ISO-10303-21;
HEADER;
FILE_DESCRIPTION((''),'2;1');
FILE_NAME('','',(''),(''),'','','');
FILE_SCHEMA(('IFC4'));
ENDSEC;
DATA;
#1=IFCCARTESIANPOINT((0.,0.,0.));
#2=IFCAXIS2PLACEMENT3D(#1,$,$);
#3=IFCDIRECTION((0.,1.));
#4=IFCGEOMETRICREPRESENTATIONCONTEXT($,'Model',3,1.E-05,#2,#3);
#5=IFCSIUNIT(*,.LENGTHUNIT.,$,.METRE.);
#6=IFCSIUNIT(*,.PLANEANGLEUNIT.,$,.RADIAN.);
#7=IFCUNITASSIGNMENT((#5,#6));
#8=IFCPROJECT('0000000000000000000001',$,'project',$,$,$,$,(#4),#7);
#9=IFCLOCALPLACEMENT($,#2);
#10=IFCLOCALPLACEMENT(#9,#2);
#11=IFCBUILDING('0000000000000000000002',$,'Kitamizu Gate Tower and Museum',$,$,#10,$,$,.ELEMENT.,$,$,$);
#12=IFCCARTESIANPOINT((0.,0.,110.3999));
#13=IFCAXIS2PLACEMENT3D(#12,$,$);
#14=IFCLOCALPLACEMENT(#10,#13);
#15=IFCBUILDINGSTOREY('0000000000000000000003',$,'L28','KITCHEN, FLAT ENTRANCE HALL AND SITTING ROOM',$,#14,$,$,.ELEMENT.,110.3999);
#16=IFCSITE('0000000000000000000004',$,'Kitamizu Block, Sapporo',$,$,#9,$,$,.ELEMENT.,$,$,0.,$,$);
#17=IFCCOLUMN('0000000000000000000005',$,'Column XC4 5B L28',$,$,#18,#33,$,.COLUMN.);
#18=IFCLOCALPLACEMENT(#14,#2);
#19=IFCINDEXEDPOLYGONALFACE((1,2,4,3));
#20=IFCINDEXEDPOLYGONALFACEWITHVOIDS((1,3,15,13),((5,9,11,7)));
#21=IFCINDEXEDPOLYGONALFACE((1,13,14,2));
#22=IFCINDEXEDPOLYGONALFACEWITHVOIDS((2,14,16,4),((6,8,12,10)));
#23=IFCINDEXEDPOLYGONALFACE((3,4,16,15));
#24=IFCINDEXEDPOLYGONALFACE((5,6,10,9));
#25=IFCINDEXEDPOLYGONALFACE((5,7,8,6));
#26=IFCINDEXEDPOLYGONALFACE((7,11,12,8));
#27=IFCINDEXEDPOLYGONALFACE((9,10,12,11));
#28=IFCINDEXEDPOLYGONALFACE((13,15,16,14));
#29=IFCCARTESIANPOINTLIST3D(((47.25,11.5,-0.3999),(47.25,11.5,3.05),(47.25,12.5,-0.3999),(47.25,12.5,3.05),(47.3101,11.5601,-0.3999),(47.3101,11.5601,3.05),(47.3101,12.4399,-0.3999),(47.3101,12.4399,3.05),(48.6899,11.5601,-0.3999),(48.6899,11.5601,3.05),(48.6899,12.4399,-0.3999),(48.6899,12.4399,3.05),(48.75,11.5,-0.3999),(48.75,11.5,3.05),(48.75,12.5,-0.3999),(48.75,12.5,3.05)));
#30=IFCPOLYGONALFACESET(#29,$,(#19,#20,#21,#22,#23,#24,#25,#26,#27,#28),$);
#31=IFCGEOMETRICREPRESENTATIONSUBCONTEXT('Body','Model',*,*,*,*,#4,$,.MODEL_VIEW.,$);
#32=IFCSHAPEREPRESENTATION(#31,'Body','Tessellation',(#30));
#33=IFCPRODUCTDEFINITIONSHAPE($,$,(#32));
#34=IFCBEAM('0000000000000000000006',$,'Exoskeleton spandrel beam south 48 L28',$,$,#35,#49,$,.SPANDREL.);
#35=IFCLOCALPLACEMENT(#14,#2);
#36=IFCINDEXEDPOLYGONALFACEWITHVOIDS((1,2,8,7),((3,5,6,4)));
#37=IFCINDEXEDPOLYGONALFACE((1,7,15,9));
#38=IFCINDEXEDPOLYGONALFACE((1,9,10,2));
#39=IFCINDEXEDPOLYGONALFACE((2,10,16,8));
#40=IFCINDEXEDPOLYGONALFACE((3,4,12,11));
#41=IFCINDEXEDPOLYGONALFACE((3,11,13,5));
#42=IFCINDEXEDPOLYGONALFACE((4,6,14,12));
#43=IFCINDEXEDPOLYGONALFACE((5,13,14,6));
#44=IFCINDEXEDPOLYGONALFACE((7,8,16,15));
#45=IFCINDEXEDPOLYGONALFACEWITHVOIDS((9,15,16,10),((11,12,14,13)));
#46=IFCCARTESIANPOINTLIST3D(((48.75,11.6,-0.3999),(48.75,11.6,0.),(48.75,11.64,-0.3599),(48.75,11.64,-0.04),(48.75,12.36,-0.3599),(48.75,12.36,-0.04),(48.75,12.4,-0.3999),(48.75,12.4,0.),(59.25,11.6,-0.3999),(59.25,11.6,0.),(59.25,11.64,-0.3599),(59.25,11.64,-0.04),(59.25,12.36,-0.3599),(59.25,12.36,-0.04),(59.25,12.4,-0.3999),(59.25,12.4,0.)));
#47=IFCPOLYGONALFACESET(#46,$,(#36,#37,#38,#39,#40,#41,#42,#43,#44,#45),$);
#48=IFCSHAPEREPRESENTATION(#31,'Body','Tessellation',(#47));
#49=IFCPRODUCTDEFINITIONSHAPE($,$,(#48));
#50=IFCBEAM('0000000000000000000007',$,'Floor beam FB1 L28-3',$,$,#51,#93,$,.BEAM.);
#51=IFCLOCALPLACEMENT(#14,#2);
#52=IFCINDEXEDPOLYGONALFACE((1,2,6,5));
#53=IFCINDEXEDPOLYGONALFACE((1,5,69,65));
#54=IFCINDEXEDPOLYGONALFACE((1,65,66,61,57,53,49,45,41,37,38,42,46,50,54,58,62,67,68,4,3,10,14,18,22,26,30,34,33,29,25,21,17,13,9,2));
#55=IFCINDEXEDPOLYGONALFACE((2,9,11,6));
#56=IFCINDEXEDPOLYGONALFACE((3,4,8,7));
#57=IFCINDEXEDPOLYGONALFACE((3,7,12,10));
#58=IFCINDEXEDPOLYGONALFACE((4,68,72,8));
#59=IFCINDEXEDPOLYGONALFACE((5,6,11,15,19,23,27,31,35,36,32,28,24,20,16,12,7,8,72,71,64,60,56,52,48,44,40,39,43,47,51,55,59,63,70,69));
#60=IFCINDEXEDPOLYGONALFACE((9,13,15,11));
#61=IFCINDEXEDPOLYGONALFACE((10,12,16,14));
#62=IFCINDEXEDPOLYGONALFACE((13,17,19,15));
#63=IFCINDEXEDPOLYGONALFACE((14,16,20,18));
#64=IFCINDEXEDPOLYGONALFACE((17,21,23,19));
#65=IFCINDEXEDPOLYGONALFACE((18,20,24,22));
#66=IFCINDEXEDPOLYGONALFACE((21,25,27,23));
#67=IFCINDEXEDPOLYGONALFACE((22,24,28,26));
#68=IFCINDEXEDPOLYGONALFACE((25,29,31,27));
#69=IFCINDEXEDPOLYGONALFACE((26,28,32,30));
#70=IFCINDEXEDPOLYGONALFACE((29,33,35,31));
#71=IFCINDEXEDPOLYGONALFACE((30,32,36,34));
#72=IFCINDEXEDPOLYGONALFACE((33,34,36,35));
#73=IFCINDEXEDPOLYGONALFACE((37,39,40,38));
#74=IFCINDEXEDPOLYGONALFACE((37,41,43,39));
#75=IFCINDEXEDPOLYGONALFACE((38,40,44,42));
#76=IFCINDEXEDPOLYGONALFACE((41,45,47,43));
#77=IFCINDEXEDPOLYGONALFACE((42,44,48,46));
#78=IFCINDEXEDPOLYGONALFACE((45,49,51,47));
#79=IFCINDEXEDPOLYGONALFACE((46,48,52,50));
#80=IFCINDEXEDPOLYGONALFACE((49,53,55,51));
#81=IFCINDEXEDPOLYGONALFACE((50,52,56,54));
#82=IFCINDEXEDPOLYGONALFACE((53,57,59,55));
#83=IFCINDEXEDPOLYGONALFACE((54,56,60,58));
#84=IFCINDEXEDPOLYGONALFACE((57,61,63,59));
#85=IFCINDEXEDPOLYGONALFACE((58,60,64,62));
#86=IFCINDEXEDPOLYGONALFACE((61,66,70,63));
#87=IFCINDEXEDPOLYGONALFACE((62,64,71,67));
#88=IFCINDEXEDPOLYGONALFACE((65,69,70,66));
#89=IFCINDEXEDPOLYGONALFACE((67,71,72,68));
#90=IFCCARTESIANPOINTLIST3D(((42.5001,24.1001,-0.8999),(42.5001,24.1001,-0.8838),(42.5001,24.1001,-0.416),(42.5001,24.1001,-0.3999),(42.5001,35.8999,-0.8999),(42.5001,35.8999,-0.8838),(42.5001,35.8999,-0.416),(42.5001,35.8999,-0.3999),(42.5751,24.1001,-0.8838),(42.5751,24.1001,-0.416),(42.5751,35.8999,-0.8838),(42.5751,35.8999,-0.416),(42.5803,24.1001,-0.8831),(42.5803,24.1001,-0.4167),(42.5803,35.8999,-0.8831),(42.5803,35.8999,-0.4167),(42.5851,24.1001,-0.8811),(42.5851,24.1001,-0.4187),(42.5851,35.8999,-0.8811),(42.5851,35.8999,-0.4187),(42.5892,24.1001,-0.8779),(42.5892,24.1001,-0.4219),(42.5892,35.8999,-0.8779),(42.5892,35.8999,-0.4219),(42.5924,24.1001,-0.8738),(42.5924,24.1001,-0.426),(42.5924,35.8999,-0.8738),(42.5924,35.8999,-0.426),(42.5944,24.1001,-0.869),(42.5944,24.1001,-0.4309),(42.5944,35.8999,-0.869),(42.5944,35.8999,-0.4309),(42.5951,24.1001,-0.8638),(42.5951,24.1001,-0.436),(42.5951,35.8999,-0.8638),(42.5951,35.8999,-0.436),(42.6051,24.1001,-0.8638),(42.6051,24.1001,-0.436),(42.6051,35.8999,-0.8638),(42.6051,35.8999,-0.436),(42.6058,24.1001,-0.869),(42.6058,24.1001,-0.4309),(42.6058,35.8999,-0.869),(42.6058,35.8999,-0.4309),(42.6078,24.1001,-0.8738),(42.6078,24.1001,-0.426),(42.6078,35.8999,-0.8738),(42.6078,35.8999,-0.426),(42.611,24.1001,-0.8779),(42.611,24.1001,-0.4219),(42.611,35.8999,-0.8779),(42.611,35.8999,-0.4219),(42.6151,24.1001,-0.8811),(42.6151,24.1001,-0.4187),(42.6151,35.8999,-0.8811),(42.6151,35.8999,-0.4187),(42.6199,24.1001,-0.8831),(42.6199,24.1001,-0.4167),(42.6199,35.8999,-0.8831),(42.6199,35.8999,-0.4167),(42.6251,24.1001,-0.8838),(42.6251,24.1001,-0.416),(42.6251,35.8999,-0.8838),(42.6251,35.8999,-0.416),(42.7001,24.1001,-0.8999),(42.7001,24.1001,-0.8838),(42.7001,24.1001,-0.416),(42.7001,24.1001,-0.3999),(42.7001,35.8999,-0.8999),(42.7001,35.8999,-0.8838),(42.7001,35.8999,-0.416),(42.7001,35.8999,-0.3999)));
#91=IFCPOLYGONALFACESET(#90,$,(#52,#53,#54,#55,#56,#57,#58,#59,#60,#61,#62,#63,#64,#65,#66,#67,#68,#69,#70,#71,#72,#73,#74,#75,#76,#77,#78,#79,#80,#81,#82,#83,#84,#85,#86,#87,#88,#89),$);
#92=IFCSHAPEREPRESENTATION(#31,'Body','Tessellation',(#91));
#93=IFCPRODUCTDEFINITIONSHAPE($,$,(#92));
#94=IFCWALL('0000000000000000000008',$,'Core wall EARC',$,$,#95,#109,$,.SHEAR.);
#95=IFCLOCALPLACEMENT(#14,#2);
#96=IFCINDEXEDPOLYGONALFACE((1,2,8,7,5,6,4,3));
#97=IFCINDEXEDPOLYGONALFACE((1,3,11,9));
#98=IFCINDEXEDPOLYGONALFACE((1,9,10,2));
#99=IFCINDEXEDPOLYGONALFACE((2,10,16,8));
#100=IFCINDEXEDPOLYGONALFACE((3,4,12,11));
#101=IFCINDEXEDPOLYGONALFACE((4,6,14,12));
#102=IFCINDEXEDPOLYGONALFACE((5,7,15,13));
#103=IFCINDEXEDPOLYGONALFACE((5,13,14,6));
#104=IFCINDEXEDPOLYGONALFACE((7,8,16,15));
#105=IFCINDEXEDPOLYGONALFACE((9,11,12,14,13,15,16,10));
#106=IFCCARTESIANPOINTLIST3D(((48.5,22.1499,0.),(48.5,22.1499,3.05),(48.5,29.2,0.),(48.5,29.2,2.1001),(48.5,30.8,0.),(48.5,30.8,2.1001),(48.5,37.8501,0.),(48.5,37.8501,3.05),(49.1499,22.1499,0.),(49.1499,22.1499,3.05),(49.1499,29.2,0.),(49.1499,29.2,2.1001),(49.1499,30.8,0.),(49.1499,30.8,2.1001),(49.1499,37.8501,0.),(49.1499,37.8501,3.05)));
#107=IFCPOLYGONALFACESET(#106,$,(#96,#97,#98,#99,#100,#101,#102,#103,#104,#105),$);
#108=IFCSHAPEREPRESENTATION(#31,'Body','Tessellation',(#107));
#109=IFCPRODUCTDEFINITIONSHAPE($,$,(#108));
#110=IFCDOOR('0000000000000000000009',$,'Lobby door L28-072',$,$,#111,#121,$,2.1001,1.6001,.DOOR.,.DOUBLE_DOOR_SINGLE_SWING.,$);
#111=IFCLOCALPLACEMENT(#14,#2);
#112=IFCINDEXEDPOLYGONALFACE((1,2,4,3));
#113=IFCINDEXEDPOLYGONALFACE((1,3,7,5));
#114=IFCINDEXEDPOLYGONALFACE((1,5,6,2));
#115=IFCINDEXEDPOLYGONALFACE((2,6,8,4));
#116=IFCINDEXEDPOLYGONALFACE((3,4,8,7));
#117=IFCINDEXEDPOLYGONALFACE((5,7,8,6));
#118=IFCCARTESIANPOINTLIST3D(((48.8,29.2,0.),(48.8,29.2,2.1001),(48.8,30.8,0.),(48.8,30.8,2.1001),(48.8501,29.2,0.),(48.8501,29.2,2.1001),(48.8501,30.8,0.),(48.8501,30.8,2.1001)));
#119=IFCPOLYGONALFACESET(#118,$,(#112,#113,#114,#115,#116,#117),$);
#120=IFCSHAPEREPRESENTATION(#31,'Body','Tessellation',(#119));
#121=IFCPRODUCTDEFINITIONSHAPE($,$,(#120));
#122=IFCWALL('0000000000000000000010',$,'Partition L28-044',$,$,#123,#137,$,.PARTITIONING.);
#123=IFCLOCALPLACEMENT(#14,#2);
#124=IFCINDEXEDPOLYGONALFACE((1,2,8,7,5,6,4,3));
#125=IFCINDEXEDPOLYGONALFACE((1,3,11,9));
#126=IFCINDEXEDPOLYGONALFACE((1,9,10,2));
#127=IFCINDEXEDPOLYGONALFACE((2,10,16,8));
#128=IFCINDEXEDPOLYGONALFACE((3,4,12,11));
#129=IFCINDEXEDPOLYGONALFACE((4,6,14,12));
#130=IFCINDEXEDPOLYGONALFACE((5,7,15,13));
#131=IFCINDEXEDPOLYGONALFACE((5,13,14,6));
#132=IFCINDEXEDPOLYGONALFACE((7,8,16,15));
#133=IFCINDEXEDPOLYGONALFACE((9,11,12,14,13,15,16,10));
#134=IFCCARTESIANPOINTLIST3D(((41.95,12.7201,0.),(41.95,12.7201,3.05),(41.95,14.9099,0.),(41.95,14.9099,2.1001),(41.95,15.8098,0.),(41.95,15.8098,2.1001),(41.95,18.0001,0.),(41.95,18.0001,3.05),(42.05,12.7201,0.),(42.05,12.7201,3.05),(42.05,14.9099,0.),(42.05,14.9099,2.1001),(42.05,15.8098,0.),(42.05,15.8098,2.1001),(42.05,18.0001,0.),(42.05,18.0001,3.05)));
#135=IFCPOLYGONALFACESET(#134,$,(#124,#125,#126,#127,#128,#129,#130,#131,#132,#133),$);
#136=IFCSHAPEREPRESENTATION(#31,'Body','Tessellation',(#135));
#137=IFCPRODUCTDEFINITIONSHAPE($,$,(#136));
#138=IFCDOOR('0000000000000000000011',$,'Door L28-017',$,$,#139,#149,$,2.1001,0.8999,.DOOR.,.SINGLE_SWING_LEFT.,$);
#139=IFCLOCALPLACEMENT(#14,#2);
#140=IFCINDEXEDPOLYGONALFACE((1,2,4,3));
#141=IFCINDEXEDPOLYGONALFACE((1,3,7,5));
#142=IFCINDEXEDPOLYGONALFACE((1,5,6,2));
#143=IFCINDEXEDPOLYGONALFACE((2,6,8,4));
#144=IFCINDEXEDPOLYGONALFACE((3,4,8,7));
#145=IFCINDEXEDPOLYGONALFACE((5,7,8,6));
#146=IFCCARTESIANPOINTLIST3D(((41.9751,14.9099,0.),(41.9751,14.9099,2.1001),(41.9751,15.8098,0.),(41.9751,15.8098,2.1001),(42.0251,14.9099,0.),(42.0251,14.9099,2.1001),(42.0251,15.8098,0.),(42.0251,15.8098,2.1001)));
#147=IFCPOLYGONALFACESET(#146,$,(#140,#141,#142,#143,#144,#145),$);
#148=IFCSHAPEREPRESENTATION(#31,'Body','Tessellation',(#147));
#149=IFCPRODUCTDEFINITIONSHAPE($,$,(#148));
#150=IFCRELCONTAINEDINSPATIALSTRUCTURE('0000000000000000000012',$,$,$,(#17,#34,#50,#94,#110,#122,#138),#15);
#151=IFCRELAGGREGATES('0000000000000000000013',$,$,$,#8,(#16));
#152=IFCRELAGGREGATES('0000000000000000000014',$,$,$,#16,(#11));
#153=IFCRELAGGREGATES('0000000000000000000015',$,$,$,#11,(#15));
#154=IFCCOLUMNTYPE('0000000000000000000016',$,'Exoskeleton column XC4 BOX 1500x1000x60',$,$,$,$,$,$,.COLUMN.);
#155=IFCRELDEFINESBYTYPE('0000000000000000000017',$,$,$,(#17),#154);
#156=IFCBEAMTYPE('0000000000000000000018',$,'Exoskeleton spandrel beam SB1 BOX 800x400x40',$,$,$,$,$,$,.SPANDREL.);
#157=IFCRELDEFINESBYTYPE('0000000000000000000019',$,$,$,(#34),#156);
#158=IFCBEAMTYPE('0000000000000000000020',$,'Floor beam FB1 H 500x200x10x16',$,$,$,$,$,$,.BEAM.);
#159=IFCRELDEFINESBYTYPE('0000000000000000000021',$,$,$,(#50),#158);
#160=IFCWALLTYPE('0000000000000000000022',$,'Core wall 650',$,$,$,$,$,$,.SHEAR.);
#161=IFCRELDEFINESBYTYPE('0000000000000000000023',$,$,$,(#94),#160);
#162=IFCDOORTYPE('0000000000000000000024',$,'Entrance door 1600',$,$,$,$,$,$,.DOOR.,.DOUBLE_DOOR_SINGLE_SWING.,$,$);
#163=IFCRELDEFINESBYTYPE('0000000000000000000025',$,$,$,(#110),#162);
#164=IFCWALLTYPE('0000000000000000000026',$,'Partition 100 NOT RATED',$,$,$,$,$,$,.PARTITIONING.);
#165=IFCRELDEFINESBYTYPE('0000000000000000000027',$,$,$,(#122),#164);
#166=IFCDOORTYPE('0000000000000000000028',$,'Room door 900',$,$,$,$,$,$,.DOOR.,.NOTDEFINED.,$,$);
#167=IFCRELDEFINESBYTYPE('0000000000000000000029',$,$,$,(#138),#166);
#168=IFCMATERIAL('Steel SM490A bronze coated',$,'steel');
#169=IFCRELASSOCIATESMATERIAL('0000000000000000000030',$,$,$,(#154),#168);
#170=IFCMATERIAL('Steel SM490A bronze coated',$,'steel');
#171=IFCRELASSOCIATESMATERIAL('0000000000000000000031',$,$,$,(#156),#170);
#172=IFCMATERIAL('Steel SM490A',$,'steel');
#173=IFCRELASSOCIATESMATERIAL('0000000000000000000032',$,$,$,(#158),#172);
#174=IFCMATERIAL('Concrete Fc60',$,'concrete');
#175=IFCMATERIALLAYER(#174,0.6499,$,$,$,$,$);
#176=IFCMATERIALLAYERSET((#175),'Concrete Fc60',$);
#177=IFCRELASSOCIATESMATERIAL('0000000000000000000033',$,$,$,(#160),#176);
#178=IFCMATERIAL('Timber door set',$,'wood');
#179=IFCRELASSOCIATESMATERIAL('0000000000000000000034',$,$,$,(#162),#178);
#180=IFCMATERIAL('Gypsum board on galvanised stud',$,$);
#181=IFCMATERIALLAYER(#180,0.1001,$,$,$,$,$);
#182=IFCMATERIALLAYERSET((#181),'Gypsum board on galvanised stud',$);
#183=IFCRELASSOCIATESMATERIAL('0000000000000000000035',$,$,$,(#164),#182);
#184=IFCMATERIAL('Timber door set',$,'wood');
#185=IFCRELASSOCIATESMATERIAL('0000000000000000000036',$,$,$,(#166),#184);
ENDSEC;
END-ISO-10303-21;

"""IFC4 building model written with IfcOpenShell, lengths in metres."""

from ifc_helpers import new_model, si_unit, direction, frame, frame_2d, origin, origin_2d, place, context, subcontext, project, spatial, rectangle, hollow_rectangle, i_section, extrude, material, layer, layer_set, material_profile, profile_set, type_object, element, fill, save


model = new_model("IFC4")

# Units and contexts
model_context = context("Model", 3, precision=1e-05, world=origin(), true_north=direction((0.0, 1.0)))
body_context = subcontext(model_context, "Body", "Model", "MODEL_VIEW")
ifc_project = project(units=[si_unit("LENGTHUNIT", "METRE"), si_unit("PLANEANGLEUNIT", "RADIAN")], contexts=[model_context])

# Site, building, storey
site_placement = place(None, origin())
site = spatial("IfcSite", under=ifc_project, at=site_placement, Name="Kitamizu Block, Sapporo", CompositionType="ELEMENT", RefElevation=0.0)
building_placement = place(site_placement, origin())
building = spatial("IfcBuilding", under=site, at=building_placement, Name="Kitamizu Gate Tower and Museum", CompositionType="ELEMENT")
storey_placement = place(building_placement, frame((0.0, 0.0, 110.3999)))
storey = spatial("IfcBuildingStorey", under=building, at=storey_placement, Name="L28", Description="KITCHEN, FLAT ENTRANCE HALL AND SITTING ROOM", CompositionType="ELEMENT", Elevation=110.3999)

# Column
ifc_material_1 = material(Name="Steel SM490A bronze coated", Category="steel")
ifc_material_profile_1 = material_profile(ifc_material_1, hollow_rectangle(XDim=1.5, YDim=1.0, WallThickness=0.0601, at=origin_2d()), Name="BOX 1500x1000x60")
ifc_profile_set_1 = profile_set([ifc_material_profile_1], Name="Steel SM490A bronze coated")
column_type = type_object("IfcColumnType", Name="Exoskeleton column XC4 BOX 1500x1000x60", PredefinedType="COLUMN", material=ifc_profile_set_1)
column_placement = place(storey_placement, frame((48.0, 12.0, -0.3999), z_axis=(0.0, 0.0, 1.0), x_axis=(1.0, 0.0, 0.0)))
element("IfcColumn", 1, at=column_placement, inside=storey, type_object=column_type, Name="Column XC4 5B L28", PredefinedType="COLUMN", context=body_context, shape_type="SweptSolid", body=[
    extrude(hollow_rectangle(XDim=1.5, YDim=1.0, WallThickness=0.0601, at=origin_2d()), origin(), (0.0, 0.0, 1.0), 3.45),
])

# Beams
ifc_material_2 = material(Name="Steel SM490A bronze coated", Category="steel")
ifc_material_profile_2 = material_profile(ifc_material_2, hollow_rectangle(XDim=0.8, YDim=0.3999, WallThickness=0.04, at=origin_2d()), Name="BOX 800x400x40")
ifc_profile_set_2 = profile_set([ifc_material_profile_2], Name="Steel SM490A bronze coated")
beam_type_1 = type_object("IfcBeamType", Name="Exoskeleton spandrel beam SB1 BOX 800x400x40", PredefinedType="SPANDREL", material=ifc_profile_set_2)
beam_1_placement = place(storey_placement, frame((48.75, 12.0, -0.2), z_axis=(1.0, 0.0, 0.0), x_axis=(0.0, 1.0, 0.0)))
element("IfcBeam", 2, at=beam_1_placement, inside=storey, type_object=beam_type_1, Name="Exoskeleton spandrel beam south 48 L28", PredefinedType="SPANDREL", context=body_context, shape_type="SweptSolid", body=[
    extrude(hollow_rectangle(XDim=0.8, YDim=0.3999, WallThickness=0.04, at=origin_2d()), origin(), (0.0, 0.0, 1.0), 10.5),
])
ifc_material_3 = material(Name="Steel SM490A", Category="steel")
ifc_material_profile_3 = material_profile(ifc_material_3, i_section(OverallWidth=0.2, OverallDepth=0.5, WebThickness=0.01, FlangeThickness=0.0161, FilletRadius=0.02, at=origin_2d()), Name="H-500x200x10x16")
ifc_profile_set_3 = profile_set([ifc_material_profile_3], Name="Steel SM490A")
beam_type_2 = type_object("IfcBeamType", Name="Floor beam FB1 H 500x200x10x16", PredefinedType="BEAM", material=ifc_profile_set_3)
beam_2_placement = place(storey_placement, frame((42.6001, 24.1001, -0.6499), z_axis=(0.0, 1.0, 0.0), x_axis=(-1.0, 0.0, 0.0)))
element("IfcBeam", 3, at=beam_2_placement, inside=storey, type_object=beam_type_2, Name="Floor beam FB1 L28-3", PredefinedType="BEAM", context=body_context, shape_type="SweptSolid", body=[
    extrude(i_section(OverallWidth=0.2, OverallDepth=0.5, WebThickness=0.01, FlangeThickness=0.0161, FilletRadius=0.02, at=origin_2d()), origin(), (0.0, 0.0, 1.0), 11.7998),
])

# Walls, openings, doors
ifc_material_4 = material(Name="Concrete Fc60", Category="concrete")
ifc_layer_1 = layer(ifc_material_4, 0.6499)
ifc_layer_set_1 = layer_set([ifc_layer_1], Name="Concrete Fc60")
wall_type_1 = type_object("IfcWallType", Name="Core wall 650", PredefinedType="SHEAR", material=ifc_layer_set_1)
wall_1_placement = place(storey_placement, frame((48.825, 22.1499, 0.0), z_axis=(0.0, 0.0, 1.0), x_axis=(0.0, 1.0, 0.0)))
wall_1 = element("IfcWall", 4, at=wall_1_placement, inside=storey, type_object=wall_type_1, Name="Core wall EARC", PredefinedType="SHEAR", context=body_context, shape_type="SweptSolid", body=[
    extrude(rectangle(XDim=15.7002, YDim=0.6499, at=frame_2d((7.8501, 0.0))), origin(), (0.0, 0.0, 1.0), 3.05),
])
opening_1_placement = place(wall_1_placement, frame((7.05, 0.0, 0.0)))
opening_1 = element("IfcOpeningElement", 5, at=opening_1_placement, cuts=wall_1, PredefinedType="OPENING", context=body_context, shape_type="SweptSolid", body=[
    extrude(rectangle(XDim=1.6001, YDim=2.1001, at=frame_2d((0.8, 1.05))), frame((0.0, 0.335, 0.0), z_axis=(0.0, -1.0, 0.0), x_axis=(1.0, 0.0, 0.0)), (0.0, 0.0, 1.0), 0.6699),
])
ifc_material_5 = material(Name="Timber door set", Category="wood")
door_type_1 = type_object("IfcDoorType", Name="Entrance door 1600", OperationType="DOUBLE_DOOR_SINGLE_SWING", PredefinedType="DOOR", material=ifc_material_5)
door_1_placement = place(opening_1_placement, origin())
door_1 = element("IfcDoor", 6, at=door_1_placement, inside=storey, type_object=door_type_1, Name="Lobby door L28-072", OperationType="DOUBLE_DOOR_SINGLE_SWING", OverallHeight=2.1001, OverallWidth=1.6001, PredefinedType="DOOR", context=body_context, shape_type="SweptSolid", body=[
    extrude(rectangle(XDim=1.6001, YDim=2.1001, at=frame_2d((0.8, 1.05))), frame((0.0, 0.0249, 0.0), z_axis=(0.0, -1.0, 0.0), x_axis=(1.0, 0.0, 0.0)), (0.0, 0.0, 1.0), 0.05),
])
fill(opening_1, door_1)
ifc_material_6 = material(Name="Gypsum board on galvanised stud")
ifc_layer_2 = layer(ifc_material_6, 0.1001)
ifc_layer_set_2 = layer_set([ifc_layer_2], Name="Gypsum board on galvanised stud")
wall_type_2 = type_object("IfcWallType", Name="Partition 100 NOT RATED", PredefinedType="PARTITIONING", material=ifc_layer_set_2)
wall_2_placement = place(storey_placement, frame((42.0, 12.72, 0.0), z_axis=(0.0, 0.0, 1.0), x_axis=(0.0, 1.0, 0.0)))
wall_2 = element("IfcWall", 7, at=wall_2_placement, inside=storey, type_object=wall_type_2, Name="Partition L28-044", PredefinedType="PARTITIONING", context=body_context, shape_type="SweptSolid", body=[
    extrude(rectangle(XDim=5.28, YDim=0.1001, at=frame_2d((2.6401, 0.0))), origin(), (0.0, 0.0, 1.0), 3.05),
])
opening_2_placement = place(wall_2_placement, frame((2.1899, 0.0, 0.0)))
opening_2 = element("IfcOpeningElement", 8, at=opening_2_placement, cuts=wall_2, PredefinedType="OPENING", context=body_context, shape_type="SweptSolid", body=[
    extrude(rectangle(XDim=0.8999, YDim=2.1001, at=frame_2d((0.45, 1.05))), frame((0.0, 0.0601, 0.0), z_axis=(0.0, -1.0, 0.0), x_axis=(1.0, 0.0, 0.0)), (0.0, 0.0, 1.0), 0.1201),
])
ifc_material_7 = material(Name="Timber door set", Category="wood")
door_type_2 = type_object("IfcDoorType", Name="Room door 900", OperationType="NOTDEFINED", PredefinedType="DOOR", material=ifc_material_7)
door_2_placement = place(opening_2_placement, origin())
door_2 = element("IfcDoor", 9, at=door_2_placement, inside=storey, type_object=door_type_2, Name="Door L28-017", OperationType="SINGLE_SWING_LEFT", OverallHeight=2.1001, OverallWidth=0.8999, PredefinedType="DOOR", context=body_context, shape_type="SweptSolid", body=[
    extrude(rectangle(XDim=0.8999, YDim=2.1001, at=frame_2d((0.45, 1.05))), frame((0.0, 0.0249, 0.0), z_axis=(0.0, -1.0, 0.0), x_axis=(1.0, 0.0, 0.0)), (0.0, 0.0, 1.0), 0.05),
])
fill(opening_2, door_2)

save(model, "model.ifc")
